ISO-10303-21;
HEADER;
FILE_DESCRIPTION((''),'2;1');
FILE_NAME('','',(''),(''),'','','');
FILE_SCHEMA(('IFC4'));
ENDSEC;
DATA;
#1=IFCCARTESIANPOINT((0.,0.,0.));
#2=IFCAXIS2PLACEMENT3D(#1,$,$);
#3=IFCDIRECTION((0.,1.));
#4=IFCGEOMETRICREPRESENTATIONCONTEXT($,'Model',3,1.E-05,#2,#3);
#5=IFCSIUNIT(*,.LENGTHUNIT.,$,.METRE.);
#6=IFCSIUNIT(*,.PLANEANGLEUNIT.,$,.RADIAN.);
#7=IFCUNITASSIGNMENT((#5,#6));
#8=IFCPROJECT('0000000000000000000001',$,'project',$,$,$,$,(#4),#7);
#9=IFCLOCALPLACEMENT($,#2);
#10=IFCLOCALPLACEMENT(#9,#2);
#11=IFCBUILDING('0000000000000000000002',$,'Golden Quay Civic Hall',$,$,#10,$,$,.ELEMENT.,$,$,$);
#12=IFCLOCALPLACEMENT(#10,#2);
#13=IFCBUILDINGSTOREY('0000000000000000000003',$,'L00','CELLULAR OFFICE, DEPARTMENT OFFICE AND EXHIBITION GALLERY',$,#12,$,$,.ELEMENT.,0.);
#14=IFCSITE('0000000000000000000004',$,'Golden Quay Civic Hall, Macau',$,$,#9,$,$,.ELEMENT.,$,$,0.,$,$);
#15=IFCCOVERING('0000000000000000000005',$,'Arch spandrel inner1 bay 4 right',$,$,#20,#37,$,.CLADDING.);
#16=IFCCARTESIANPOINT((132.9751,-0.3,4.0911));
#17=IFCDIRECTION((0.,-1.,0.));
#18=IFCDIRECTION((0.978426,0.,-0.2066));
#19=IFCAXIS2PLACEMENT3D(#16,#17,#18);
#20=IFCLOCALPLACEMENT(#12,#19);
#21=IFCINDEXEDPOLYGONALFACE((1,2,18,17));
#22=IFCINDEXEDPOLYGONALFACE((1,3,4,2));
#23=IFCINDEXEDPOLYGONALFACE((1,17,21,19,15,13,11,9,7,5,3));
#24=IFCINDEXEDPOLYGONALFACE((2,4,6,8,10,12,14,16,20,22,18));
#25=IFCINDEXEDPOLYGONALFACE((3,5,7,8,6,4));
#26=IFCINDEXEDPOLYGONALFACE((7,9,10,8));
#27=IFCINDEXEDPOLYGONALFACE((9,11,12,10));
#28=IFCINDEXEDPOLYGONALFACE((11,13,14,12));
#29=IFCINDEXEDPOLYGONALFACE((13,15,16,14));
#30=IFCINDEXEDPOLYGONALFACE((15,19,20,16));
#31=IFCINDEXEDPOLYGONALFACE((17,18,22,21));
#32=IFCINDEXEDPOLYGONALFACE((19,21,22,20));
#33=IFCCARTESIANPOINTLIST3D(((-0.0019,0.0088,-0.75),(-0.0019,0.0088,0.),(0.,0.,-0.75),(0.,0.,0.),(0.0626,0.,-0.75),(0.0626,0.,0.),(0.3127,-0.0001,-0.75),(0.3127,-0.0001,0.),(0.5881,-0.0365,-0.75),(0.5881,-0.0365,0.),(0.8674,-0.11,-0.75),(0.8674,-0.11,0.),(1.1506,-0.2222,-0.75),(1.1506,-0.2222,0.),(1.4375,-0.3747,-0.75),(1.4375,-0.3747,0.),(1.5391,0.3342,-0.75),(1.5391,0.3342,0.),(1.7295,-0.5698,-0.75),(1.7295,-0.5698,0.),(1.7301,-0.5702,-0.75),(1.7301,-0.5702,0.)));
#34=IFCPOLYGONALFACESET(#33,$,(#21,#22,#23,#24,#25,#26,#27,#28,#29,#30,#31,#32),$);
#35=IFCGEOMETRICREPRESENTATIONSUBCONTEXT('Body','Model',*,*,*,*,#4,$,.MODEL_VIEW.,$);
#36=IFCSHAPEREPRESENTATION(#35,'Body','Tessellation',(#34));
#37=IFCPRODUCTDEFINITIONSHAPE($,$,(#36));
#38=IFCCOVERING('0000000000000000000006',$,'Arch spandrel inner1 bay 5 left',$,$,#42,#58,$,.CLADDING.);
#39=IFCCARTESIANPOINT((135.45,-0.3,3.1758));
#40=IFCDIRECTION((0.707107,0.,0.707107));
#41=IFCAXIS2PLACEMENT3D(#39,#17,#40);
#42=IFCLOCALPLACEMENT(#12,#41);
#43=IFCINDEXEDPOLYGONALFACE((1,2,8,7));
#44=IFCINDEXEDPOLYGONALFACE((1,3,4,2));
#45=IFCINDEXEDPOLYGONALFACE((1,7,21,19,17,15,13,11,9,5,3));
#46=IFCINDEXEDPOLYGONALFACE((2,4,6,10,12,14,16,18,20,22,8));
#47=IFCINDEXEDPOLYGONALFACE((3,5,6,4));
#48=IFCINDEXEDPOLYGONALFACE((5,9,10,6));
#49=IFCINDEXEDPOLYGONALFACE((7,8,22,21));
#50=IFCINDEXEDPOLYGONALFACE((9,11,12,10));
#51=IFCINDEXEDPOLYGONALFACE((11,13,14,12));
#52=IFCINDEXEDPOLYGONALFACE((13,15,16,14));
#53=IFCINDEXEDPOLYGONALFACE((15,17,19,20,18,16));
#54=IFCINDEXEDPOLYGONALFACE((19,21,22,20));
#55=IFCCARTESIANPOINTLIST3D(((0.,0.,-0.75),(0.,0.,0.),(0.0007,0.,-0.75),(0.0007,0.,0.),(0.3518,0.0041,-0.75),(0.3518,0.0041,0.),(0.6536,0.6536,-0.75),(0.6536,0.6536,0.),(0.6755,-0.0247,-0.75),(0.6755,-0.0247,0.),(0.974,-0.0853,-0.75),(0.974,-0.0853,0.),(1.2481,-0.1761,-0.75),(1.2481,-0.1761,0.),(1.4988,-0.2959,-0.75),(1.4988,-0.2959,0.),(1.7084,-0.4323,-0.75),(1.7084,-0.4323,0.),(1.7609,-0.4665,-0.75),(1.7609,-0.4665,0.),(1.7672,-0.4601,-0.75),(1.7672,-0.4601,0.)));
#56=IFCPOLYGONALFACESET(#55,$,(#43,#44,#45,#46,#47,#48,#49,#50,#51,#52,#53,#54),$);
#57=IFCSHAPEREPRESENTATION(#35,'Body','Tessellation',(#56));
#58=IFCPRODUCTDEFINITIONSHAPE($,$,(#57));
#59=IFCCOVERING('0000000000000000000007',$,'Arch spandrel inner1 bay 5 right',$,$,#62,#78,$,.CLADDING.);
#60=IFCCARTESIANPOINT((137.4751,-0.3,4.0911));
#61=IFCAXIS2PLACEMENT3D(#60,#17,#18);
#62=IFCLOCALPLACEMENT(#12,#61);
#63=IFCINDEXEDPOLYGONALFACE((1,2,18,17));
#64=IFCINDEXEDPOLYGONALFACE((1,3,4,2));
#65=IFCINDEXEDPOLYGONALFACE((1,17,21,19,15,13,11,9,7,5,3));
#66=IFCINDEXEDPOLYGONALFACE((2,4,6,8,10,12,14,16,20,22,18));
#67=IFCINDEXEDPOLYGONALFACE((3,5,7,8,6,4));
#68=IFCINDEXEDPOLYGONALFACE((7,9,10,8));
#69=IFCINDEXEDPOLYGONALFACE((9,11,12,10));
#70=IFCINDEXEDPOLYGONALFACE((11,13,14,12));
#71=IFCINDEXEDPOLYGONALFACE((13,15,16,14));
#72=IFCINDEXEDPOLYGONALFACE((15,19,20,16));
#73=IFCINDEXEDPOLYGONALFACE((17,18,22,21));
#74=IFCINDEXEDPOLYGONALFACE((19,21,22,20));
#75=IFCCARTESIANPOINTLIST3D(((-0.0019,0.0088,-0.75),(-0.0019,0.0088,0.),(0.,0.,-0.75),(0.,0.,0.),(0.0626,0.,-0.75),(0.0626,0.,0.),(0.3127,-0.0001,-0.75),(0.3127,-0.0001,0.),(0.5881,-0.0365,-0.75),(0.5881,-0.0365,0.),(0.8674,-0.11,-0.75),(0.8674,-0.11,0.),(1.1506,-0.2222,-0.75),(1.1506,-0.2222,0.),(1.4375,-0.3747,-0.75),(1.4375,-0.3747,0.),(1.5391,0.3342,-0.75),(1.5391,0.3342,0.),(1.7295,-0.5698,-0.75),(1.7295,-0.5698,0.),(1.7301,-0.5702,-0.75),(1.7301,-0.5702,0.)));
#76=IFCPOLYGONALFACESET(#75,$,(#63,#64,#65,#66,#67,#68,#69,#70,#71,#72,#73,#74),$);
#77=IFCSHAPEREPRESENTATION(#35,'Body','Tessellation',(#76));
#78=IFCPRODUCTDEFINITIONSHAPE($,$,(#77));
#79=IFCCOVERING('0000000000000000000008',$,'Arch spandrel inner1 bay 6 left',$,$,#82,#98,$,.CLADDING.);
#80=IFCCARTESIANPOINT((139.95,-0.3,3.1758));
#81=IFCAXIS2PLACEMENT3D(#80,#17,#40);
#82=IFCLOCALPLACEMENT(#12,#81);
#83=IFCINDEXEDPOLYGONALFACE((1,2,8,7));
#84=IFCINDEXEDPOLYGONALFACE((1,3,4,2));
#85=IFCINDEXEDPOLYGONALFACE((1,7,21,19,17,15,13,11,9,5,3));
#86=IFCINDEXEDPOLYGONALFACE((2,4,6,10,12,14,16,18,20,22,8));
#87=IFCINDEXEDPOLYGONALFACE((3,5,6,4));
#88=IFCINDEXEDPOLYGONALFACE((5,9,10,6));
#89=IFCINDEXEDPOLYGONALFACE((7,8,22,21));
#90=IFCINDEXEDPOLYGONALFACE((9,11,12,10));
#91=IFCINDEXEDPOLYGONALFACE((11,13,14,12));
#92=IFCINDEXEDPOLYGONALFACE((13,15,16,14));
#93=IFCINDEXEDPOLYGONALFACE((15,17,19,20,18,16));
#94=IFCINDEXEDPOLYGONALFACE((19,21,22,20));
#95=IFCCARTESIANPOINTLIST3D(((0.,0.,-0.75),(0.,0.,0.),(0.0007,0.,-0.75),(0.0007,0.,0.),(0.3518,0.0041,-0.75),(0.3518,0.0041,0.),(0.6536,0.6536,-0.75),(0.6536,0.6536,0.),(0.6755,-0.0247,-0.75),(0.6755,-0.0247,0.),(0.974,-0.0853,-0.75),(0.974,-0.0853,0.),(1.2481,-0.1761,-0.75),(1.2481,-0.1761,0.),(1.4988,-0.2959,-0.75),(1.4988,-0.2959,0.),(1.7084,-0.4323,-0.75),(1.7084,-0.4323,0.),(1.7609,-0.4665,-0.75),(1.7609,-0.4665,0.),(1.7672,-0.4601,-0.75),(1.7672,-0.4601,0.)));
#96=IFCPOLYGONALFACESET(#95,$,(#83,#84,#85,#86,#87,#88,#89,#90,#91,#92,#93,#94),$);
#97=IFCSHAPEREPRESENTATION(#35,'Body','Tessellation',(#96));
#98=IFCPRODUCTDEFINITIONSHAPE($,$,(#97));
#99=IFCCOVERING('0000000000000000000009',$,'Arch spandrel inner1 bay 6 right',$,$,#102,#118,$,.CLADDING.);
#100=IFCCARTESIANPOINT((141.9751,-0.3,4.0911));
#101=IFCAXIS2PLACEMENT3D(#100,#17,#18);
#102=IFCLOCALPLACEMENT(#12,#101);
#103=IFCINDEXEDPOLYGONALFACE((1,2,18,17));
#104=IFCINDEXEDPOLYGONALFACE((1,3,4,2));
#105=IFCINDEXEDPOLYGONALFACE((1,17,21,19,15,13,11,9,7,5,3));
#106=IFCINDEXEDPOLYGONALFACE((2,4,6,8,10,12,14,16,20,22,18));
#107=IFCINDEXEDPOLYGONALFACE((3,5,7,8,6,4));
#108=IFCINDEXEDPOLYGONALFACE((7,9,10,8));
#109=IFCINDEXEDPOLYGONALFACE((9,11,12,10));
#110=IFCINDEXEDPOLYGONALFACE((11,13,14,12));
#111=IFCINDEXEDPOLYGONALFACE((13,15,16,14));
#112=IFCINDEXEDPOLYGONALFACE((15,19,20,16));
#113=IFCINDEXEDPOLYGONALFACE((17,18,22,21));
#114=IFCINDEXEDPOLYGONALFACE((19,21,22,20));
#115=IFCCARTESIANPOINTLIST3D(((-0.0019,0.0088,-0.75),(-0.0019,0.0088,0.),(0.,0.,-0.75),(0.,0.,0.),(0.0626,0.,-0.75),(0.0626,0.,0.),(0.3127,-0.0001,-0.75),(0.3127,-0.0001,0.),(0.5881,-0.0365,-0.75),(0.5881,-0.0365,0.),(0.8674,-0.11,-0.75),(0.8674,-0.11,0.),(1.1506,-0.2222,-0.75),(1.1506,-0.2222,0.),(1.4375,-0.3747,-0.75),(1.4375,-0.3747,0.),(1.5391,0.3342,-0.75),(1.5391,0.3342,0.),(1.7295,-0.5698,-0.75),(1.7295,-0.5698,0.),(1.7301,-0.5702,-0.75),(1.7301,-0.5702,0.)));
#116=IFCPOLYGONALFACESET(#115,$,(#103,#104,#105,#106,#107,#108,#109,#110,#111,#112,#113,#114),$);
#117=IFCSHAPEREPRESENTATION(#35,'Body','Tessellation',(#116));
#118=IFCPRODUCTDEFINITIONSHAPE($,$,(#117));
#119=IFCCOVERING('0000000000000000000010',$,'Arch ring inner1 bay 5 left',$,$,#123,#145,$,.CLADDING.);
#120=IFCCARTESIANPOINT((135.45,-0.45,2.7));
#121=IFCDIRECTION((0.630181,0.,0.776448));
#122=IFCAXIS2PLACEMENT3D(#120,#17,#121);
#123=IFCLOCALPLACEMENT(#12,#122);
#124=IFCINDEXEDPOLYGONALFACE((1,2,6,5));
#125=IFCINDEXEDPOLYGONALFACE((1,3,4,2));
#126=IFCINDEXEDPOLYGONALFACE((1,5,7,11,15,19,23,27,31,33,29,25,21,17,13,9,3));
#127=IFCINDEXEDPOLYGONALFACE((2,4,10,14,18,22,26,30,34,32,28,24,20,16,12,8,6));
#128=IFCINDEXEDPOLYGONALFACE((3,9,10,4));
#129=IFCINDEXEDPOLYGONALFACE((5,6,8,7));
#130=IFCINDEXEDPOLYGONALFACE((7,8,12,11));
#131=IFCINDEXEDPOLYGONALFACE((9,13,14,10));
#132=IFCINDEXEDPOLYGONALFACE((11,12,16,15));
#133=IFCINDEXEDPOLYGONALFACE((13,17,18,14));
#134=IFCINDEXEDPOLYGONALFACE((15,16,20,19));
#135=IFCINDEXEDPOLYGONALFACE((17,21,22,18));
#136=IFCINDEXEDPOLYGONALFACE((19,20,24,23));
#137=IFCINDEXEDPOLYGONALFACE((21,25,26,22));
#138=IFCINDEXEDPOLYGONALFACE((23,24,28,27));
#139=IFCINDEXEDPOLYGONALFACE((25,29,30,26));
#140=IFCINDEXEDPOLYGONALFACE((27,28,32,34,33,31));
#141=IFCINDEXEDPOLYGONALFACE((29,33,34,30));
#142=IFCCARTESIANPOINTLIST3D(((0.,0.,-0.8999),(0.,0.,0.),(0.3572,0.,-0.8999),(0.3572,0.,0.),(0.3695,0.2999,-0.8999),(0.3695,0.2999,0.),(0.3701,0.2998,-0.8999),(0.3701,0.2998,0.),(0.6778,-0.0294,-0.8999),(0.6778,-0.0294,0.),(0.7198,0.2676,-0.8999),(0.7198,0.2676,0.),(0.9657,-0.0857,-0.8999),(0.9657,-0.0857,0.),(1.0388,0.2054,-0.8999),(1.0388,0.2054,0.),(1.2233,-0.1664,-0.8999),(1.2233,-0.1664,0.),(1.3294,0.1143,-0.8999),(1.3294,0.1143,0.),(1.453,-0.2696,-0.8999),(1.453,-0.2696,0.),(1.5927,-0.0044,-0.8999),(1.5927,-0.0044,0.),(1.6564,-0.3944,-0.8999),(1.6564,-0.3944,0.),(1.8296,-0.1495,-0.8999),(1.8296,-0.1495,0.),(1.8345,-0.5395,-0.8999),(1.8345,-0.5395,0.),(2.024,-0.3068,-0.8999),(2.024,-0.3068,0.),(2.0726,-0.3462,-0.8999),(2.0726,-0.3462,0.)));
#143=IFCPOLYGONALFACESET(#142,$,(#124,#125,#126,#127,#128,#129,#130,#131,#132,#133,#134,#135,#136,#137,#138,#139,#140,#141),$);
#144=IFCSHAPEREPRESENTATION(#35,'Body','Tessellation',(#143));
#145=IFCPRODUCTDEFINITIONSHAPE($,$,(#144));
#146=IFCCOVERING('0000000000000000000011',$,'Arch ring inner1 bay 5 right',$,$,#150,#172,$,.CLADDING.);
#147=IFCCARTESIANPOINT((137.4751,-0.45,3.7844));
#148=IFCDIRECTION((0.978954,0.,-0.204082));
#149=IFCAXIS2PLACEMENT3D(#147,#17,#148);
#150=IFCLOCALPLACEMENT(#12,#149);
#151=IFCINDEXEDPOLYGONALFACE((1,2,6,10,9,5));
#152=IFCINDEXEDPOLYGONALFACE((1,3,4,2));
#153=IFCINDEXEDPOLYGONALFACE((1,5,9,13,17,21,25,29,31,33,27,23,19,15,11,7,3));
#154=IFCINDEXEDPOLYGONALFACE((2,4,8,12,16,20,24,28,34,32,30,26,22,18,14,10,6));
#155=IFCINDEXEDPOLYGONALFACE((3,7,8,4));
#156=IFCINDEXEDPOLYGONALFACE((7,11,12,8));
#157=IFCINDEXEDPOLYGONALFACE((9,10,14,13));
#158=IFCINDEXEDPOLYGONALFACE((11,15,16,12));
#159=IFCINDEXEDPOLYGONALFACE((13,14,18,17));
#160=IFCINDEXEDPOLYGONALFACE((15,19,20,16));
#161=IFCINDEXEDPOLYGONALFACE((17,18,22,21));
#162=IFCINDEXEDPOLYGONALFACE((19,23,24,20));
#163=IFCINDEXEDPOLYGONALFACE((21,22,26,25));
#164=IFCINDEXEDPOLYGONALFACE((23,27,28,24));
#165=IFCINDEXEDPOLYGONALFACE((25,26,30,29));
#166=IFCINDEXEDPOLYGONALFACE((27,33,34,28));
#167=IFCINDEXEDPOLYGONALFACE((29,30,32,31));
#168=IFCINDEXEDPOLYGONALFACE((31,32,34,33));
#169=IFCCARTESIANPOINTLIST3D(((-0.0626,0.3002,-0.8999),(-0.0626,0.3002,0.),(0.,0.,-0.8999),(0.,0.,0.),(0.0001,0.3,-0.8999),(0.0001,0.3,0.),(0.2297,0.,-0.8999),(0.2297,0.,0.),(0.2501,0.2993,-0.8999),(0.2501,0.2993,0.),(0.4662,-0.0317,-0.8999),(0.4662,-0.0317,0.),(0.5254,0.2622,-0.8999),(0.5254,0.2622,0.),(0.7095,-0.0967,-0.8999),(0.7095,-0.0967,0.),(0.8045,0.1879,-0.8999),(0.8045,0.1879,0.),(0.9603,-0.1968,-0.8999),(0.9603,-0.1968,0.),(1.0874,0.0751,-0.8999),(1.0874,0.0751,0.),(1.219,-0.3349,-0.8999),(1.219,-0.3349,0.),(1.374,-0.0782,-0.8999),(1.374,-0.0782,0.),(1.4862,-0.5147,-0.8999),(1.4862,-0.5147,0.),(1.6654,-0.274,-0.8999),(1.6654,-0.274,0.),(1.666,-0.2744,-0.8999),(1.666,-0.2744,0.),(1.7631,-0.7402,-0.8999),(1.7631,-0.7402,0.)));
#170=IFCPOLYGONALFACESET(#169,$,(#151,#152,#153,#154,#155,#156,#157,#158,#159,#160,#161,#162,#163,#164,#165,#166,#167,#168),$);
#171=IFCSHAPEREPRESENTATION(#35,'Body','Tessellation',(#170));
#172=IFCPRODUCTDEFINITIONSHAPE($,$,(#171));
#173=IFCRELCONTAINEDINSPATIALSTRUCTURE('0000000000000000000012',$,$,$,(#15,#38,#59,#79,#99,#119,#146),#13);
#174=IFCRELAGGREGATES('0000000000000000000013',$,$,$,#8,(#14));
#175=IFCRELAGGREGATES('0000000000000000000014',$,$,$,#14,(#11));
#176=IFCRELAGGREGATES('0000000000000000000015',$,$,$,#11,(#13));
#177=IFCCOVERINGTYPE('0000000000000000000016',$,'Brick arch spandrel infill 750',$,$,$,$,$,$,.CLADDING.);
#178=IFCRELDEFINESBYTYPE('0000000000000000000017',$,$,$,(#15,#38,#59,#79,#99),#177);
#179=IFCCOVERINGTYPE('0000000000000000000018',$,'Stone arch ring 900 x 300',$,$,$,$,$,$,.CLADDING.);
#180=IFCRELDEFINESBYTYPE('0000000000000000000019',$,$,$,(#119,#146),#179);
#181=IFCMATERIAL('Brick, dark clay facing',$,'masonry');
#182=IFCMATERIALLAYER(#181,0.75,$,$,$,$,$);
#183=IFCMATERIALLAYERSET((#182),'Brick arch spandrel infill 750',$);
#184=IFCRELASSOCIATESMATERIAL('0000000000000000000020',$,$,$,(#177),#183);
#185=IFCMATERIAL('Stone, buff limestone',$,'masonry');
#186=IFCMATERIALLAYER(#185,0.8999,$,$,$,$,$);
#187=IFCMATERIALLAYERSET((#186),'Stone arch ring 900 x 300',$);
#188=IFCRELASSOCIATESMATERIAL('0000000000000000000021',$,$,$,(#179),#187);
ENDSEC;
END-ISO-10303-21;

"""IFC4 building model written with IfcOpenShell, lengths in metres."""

from ifc_helpers import new_model, si_unit, direction, frame, origin, place, context, subcontext, project, spatial, polyline, outline, extrude, material, layer, layer_set, type_object, element, save


model = new_model("IFC4")

# Units and contexts
model_context = context("Model", 3, precision=1e-05, world=origin(), true_north=direction((0.0, 1.0)))
body_context = subcontext(model_context, "Body", "Model", "MODEL_VIEW")
ifc_project = project(units=[si_unit("LENGTHUNIT", "METRE"), si_unit("PLANEANGLEUNIT", "RADIAN")], contexts=[model_context])

# Site, building, storey
site_placement = place(None, origin())
site = spatial("IfcSite", under=ifc_project, at=site_placement, Name="Golden Quay Civic Hall, Macau", CompositionType="ELEMENT", RefElevation=0.0)
building_placement = place(site_placement, origin())
building = spatial("IfcBuilding", under=site, at=building_placement, Name="Golden Quay Civic Hall", CompositionType="ELEMENT")
storey_placement = place(building_placement, origin())
storey = spatial("IfcBuildingStorey", under=building, at=storey_placement, Name="L00", Description="CELLULAR OFFICE, DEPARTMENT OFFICE AND EXHIBITION GALLERY", CompositionType="ELEMENT", Elevation=0.0)

# Coverings
ifc_material_1 = material(Name="Brick, dark clay facing", Category="masonry")
ifc_layer_1 = layer(ifc_material_1, 0.75)
ifc_layer_set_1 = layer_set([ifc_layer_1], Name="Brick arch spandrel infill 750")
covering_type_1 = type_object("IfcCoveringType", Name="Brick arch spandrel infill 750", PredefinedType="CLADDING", material=ifc_layer_set_1)
covering_1_placement = place(storey_placement, frame((132.9751, -0.3, 4.0911), z_axis=(0.0, -1.0, 0.0), x_axis=(0.978426, 0.0, -0.2066)))
element("IfcCovering", 1, at=covering_1_placement, inside=storey, type_object=covering_type_1, Name="Arch spandrel inner1 bay 4 right", PredefinedType="CLADDING", context=body_context, shape_type="SweptSolid", body=[
    extrude(outline(polyline([(0.0, 0.0), (0.0626, 0.0), (0.3127, -0.0001), (0.5881, -0.0365), (0.8674, -0.11), (1.1506, -0.2222), (1.4375, -0.3747), (1.7295, -0.5698), (1.7301, -0.5702), (1.5391, 0.3342), (-0.0019, 0.0088), (0.0, 0.0)])), origin(), (0.0, 0.0, -1.0), 0.75),
])
covering_2_placement = place(storey_placement, frame((135.45, -0.3, 3.1758), z_axis=(0.0, -1.0, 0.0), x_axis=(0.707107, 0.0, 0.707107)))
element("IfcCovering", 2, at=covering_2_placement, inside=storey, type_object=covering_type_1, Name="Arch spandrel inner1 bay 5 left", PredefinedType="CLADDING", context=body_context, shape_type="SweptSolid", body=[
    extrude(outline(polyline([(0.0, 0.0), (0.0007, 0.0), (0.3518, 0.0041), (0.6755, -0.0247), (0.974, -0.0853), (1.2481, -0.1761), (1.4988, -0.2959), (1.7084, -0.4323), (1.7609, -0.4665), (1.7672, -0.4601), (0.6536, 0.6536), (0.0, 0.0)])), origin(), (0.0, 0.0, -1.0), 0.75),
])
covering_3_placement = place(storey_placement, frame((137.4751, -0.3, 4.0911), z_axis=(0.0, -1.0, 0.0), x_axis=(0.978426, 0.0, -0.2066)))
element("IfcCovering", 3, at=covering_3_placement, inside=storey, type_object=covering_type_1, Name="Arch spandrel inner1 bay 5 right", PredefinedType="CLADDING", context=body_context, shape_type="SweptSolid", body=[
    extrude(outline(polyline([(0.0, 0.0), (0.0626, 0.0), (0.3127, -0.0001), (0.5881, -0.0365), (0.8674, -0.11), (1.1506, -0.2222), (1.4375, -0.3747), (1.7295, -0.5698), (1.7301, -0.5702), (1.5391, 0.3342), (-0.0019, 0.0088), (0.0, 0.0)])), origin(), (0.0, 0.0, -1.0), 0.75),
])
covering_4_placement = place(storey_placement, frame((139.95, -0.3, 3.1758), z_axis=(0.0, -1.0, 0.0), x_axis=(0.707107, 0.0, 0.707107)))
element("IfcCovering", 4, at=covering_4_placement, inside=storey, type_object=covering_type_1, Name="Arch spandrel inner1 bay 6 left", PredefinedType="CLADDING", context=body_context, shape_type="SweptSolid", body=[
    extrude(outline(polyline([(0.0, 0.0), (0.0007, 0.0), (0.3518, 0.0041), (0.6755, -0.0247), (0.974, -0.0853), (1.2481, -0.1761), (1.4988, -0.2959), (1.7084, -0.4323), (1.7609, -0.4665), (1.7672, -0.4601), (0.6536, 0.6536), (0.0, 0.0)])), origin(), (0.0, 0.0, -1.0), 0.75),
])
covering_5_placement = place(storey_placement, frame((141.9751, -0.3, 4.0911), z_axis=(0.0, -1.0, 0.0), x_axis=(0.978426, 0.0, -0.2066)))
element("IfcCovering", 5, at=covering_5_placement, inside=storey, type_object=covering_type_1, Name="Arch spandrel inner1 bay 6 right", PredefinedType="CLADDING", context=body_context, shape_type="SweptSolid", body=[
    extrude(outline(polyline([(0.0, 0.0), (0.0626, 0.0), (0.3127, -0.0001), (0.5881, -0.0365), (0.8674, -0.11), (1.1506, -0.2222), (1.4375, -0.3747), (1.7295, -0.5698), (1.7301, -0.5702), (1.5391, 0.3342), (-0.0019, 0.0088), (0.0, 0.0)])), origin(), (0.0, 0.0, -1.0), 0.75),
])
ifc_material_2 = material(Name="Stone, buff limestone", Category="masonry")
ifc_layer_2 = layer(ifc_material_2, 0.8999)
ifc_layer_set_2 = layer_set([ifc_layer_2], Name="Stone arch ring 900 x 300")
covering_type_2 = type_object("IfcCoveringType", Name="Stone arch ring 900 x 300", PredefinedType="CLADDING", material=ifc_layer_set_2)
covering_6_placement = place(storey_placement, frame((135.45, -0.45, 2.7), z_axis=(0.0, -1.0, 0.0), x_axis=(0.630181, 0.0, 0.776448)))
element("IfcCovering", 6, at=covering_6_placement, inside=storey, type_object=covering_type_2, Name="Arch ring inner1 bay 5 left", PredefinedType="CLADDING", context=body_context, shape_type="SweptSolid", body=[
    extrude(outline(polyline([(0.0, 0.0), (0.3572, 0.0), (0.6778, -0.0294), (0.9657, -0.0857), (1.2233, -0.1664), (1.453, -0.2696), (1.6564, -0.3944), (1.8345, -0.5395), (2.0726, -0.3462), (2.024, -0.3068), (1.8296, -0.1495), (1.5927, -0.0044), (1.3294, 0.1143), (1.0388, 0.2054), (0.7198, 0.2676), (0.3701, 0.2998), (0.3695, 0.2999), (0.0, 0.0)])), origin(), (0.0, 0.0, -1.0), 0.8999),
])
covering_7_placement = place(storey_placement, frame((137.4751, -0.45, 3.7844), z_axis=(0.0, -1.0, 0.0), x_axis=(0.978954, 0.0, -0.204082)))
element("IfcCovering", 7, at=covering_7_placement, inside=storey, type_object=covering_type_2, Name="Arch ring inner1 bay 5 right", PredefinedType="CLADDING", context=body_context, shape_type="SweptSolid", body=[
    extrude(outline(polyline([(0.0, 0.0), (0.2297, 0.0), (0.4662, -0.0317), (0.7095, -0.0967), (0.9603, -0.1968), (1.219, -0.3349), (1.4862, -0.5147), (1.7631, -0.7402), (1.666, -0.2744), (1.6654, -0.274), (1.374, -0.0782), (1.0874, 0.0751), (0.8045, 0.1879), (0.5254, 0.2622), (0.2501, 0.2993), (0.0001, 0.3), (-0.0626, 0.3002), (0.0, 0.0)])), origin(), (0.0, 0.0, -1.0), 0.8999),
])

save(model, "model.ifc")
